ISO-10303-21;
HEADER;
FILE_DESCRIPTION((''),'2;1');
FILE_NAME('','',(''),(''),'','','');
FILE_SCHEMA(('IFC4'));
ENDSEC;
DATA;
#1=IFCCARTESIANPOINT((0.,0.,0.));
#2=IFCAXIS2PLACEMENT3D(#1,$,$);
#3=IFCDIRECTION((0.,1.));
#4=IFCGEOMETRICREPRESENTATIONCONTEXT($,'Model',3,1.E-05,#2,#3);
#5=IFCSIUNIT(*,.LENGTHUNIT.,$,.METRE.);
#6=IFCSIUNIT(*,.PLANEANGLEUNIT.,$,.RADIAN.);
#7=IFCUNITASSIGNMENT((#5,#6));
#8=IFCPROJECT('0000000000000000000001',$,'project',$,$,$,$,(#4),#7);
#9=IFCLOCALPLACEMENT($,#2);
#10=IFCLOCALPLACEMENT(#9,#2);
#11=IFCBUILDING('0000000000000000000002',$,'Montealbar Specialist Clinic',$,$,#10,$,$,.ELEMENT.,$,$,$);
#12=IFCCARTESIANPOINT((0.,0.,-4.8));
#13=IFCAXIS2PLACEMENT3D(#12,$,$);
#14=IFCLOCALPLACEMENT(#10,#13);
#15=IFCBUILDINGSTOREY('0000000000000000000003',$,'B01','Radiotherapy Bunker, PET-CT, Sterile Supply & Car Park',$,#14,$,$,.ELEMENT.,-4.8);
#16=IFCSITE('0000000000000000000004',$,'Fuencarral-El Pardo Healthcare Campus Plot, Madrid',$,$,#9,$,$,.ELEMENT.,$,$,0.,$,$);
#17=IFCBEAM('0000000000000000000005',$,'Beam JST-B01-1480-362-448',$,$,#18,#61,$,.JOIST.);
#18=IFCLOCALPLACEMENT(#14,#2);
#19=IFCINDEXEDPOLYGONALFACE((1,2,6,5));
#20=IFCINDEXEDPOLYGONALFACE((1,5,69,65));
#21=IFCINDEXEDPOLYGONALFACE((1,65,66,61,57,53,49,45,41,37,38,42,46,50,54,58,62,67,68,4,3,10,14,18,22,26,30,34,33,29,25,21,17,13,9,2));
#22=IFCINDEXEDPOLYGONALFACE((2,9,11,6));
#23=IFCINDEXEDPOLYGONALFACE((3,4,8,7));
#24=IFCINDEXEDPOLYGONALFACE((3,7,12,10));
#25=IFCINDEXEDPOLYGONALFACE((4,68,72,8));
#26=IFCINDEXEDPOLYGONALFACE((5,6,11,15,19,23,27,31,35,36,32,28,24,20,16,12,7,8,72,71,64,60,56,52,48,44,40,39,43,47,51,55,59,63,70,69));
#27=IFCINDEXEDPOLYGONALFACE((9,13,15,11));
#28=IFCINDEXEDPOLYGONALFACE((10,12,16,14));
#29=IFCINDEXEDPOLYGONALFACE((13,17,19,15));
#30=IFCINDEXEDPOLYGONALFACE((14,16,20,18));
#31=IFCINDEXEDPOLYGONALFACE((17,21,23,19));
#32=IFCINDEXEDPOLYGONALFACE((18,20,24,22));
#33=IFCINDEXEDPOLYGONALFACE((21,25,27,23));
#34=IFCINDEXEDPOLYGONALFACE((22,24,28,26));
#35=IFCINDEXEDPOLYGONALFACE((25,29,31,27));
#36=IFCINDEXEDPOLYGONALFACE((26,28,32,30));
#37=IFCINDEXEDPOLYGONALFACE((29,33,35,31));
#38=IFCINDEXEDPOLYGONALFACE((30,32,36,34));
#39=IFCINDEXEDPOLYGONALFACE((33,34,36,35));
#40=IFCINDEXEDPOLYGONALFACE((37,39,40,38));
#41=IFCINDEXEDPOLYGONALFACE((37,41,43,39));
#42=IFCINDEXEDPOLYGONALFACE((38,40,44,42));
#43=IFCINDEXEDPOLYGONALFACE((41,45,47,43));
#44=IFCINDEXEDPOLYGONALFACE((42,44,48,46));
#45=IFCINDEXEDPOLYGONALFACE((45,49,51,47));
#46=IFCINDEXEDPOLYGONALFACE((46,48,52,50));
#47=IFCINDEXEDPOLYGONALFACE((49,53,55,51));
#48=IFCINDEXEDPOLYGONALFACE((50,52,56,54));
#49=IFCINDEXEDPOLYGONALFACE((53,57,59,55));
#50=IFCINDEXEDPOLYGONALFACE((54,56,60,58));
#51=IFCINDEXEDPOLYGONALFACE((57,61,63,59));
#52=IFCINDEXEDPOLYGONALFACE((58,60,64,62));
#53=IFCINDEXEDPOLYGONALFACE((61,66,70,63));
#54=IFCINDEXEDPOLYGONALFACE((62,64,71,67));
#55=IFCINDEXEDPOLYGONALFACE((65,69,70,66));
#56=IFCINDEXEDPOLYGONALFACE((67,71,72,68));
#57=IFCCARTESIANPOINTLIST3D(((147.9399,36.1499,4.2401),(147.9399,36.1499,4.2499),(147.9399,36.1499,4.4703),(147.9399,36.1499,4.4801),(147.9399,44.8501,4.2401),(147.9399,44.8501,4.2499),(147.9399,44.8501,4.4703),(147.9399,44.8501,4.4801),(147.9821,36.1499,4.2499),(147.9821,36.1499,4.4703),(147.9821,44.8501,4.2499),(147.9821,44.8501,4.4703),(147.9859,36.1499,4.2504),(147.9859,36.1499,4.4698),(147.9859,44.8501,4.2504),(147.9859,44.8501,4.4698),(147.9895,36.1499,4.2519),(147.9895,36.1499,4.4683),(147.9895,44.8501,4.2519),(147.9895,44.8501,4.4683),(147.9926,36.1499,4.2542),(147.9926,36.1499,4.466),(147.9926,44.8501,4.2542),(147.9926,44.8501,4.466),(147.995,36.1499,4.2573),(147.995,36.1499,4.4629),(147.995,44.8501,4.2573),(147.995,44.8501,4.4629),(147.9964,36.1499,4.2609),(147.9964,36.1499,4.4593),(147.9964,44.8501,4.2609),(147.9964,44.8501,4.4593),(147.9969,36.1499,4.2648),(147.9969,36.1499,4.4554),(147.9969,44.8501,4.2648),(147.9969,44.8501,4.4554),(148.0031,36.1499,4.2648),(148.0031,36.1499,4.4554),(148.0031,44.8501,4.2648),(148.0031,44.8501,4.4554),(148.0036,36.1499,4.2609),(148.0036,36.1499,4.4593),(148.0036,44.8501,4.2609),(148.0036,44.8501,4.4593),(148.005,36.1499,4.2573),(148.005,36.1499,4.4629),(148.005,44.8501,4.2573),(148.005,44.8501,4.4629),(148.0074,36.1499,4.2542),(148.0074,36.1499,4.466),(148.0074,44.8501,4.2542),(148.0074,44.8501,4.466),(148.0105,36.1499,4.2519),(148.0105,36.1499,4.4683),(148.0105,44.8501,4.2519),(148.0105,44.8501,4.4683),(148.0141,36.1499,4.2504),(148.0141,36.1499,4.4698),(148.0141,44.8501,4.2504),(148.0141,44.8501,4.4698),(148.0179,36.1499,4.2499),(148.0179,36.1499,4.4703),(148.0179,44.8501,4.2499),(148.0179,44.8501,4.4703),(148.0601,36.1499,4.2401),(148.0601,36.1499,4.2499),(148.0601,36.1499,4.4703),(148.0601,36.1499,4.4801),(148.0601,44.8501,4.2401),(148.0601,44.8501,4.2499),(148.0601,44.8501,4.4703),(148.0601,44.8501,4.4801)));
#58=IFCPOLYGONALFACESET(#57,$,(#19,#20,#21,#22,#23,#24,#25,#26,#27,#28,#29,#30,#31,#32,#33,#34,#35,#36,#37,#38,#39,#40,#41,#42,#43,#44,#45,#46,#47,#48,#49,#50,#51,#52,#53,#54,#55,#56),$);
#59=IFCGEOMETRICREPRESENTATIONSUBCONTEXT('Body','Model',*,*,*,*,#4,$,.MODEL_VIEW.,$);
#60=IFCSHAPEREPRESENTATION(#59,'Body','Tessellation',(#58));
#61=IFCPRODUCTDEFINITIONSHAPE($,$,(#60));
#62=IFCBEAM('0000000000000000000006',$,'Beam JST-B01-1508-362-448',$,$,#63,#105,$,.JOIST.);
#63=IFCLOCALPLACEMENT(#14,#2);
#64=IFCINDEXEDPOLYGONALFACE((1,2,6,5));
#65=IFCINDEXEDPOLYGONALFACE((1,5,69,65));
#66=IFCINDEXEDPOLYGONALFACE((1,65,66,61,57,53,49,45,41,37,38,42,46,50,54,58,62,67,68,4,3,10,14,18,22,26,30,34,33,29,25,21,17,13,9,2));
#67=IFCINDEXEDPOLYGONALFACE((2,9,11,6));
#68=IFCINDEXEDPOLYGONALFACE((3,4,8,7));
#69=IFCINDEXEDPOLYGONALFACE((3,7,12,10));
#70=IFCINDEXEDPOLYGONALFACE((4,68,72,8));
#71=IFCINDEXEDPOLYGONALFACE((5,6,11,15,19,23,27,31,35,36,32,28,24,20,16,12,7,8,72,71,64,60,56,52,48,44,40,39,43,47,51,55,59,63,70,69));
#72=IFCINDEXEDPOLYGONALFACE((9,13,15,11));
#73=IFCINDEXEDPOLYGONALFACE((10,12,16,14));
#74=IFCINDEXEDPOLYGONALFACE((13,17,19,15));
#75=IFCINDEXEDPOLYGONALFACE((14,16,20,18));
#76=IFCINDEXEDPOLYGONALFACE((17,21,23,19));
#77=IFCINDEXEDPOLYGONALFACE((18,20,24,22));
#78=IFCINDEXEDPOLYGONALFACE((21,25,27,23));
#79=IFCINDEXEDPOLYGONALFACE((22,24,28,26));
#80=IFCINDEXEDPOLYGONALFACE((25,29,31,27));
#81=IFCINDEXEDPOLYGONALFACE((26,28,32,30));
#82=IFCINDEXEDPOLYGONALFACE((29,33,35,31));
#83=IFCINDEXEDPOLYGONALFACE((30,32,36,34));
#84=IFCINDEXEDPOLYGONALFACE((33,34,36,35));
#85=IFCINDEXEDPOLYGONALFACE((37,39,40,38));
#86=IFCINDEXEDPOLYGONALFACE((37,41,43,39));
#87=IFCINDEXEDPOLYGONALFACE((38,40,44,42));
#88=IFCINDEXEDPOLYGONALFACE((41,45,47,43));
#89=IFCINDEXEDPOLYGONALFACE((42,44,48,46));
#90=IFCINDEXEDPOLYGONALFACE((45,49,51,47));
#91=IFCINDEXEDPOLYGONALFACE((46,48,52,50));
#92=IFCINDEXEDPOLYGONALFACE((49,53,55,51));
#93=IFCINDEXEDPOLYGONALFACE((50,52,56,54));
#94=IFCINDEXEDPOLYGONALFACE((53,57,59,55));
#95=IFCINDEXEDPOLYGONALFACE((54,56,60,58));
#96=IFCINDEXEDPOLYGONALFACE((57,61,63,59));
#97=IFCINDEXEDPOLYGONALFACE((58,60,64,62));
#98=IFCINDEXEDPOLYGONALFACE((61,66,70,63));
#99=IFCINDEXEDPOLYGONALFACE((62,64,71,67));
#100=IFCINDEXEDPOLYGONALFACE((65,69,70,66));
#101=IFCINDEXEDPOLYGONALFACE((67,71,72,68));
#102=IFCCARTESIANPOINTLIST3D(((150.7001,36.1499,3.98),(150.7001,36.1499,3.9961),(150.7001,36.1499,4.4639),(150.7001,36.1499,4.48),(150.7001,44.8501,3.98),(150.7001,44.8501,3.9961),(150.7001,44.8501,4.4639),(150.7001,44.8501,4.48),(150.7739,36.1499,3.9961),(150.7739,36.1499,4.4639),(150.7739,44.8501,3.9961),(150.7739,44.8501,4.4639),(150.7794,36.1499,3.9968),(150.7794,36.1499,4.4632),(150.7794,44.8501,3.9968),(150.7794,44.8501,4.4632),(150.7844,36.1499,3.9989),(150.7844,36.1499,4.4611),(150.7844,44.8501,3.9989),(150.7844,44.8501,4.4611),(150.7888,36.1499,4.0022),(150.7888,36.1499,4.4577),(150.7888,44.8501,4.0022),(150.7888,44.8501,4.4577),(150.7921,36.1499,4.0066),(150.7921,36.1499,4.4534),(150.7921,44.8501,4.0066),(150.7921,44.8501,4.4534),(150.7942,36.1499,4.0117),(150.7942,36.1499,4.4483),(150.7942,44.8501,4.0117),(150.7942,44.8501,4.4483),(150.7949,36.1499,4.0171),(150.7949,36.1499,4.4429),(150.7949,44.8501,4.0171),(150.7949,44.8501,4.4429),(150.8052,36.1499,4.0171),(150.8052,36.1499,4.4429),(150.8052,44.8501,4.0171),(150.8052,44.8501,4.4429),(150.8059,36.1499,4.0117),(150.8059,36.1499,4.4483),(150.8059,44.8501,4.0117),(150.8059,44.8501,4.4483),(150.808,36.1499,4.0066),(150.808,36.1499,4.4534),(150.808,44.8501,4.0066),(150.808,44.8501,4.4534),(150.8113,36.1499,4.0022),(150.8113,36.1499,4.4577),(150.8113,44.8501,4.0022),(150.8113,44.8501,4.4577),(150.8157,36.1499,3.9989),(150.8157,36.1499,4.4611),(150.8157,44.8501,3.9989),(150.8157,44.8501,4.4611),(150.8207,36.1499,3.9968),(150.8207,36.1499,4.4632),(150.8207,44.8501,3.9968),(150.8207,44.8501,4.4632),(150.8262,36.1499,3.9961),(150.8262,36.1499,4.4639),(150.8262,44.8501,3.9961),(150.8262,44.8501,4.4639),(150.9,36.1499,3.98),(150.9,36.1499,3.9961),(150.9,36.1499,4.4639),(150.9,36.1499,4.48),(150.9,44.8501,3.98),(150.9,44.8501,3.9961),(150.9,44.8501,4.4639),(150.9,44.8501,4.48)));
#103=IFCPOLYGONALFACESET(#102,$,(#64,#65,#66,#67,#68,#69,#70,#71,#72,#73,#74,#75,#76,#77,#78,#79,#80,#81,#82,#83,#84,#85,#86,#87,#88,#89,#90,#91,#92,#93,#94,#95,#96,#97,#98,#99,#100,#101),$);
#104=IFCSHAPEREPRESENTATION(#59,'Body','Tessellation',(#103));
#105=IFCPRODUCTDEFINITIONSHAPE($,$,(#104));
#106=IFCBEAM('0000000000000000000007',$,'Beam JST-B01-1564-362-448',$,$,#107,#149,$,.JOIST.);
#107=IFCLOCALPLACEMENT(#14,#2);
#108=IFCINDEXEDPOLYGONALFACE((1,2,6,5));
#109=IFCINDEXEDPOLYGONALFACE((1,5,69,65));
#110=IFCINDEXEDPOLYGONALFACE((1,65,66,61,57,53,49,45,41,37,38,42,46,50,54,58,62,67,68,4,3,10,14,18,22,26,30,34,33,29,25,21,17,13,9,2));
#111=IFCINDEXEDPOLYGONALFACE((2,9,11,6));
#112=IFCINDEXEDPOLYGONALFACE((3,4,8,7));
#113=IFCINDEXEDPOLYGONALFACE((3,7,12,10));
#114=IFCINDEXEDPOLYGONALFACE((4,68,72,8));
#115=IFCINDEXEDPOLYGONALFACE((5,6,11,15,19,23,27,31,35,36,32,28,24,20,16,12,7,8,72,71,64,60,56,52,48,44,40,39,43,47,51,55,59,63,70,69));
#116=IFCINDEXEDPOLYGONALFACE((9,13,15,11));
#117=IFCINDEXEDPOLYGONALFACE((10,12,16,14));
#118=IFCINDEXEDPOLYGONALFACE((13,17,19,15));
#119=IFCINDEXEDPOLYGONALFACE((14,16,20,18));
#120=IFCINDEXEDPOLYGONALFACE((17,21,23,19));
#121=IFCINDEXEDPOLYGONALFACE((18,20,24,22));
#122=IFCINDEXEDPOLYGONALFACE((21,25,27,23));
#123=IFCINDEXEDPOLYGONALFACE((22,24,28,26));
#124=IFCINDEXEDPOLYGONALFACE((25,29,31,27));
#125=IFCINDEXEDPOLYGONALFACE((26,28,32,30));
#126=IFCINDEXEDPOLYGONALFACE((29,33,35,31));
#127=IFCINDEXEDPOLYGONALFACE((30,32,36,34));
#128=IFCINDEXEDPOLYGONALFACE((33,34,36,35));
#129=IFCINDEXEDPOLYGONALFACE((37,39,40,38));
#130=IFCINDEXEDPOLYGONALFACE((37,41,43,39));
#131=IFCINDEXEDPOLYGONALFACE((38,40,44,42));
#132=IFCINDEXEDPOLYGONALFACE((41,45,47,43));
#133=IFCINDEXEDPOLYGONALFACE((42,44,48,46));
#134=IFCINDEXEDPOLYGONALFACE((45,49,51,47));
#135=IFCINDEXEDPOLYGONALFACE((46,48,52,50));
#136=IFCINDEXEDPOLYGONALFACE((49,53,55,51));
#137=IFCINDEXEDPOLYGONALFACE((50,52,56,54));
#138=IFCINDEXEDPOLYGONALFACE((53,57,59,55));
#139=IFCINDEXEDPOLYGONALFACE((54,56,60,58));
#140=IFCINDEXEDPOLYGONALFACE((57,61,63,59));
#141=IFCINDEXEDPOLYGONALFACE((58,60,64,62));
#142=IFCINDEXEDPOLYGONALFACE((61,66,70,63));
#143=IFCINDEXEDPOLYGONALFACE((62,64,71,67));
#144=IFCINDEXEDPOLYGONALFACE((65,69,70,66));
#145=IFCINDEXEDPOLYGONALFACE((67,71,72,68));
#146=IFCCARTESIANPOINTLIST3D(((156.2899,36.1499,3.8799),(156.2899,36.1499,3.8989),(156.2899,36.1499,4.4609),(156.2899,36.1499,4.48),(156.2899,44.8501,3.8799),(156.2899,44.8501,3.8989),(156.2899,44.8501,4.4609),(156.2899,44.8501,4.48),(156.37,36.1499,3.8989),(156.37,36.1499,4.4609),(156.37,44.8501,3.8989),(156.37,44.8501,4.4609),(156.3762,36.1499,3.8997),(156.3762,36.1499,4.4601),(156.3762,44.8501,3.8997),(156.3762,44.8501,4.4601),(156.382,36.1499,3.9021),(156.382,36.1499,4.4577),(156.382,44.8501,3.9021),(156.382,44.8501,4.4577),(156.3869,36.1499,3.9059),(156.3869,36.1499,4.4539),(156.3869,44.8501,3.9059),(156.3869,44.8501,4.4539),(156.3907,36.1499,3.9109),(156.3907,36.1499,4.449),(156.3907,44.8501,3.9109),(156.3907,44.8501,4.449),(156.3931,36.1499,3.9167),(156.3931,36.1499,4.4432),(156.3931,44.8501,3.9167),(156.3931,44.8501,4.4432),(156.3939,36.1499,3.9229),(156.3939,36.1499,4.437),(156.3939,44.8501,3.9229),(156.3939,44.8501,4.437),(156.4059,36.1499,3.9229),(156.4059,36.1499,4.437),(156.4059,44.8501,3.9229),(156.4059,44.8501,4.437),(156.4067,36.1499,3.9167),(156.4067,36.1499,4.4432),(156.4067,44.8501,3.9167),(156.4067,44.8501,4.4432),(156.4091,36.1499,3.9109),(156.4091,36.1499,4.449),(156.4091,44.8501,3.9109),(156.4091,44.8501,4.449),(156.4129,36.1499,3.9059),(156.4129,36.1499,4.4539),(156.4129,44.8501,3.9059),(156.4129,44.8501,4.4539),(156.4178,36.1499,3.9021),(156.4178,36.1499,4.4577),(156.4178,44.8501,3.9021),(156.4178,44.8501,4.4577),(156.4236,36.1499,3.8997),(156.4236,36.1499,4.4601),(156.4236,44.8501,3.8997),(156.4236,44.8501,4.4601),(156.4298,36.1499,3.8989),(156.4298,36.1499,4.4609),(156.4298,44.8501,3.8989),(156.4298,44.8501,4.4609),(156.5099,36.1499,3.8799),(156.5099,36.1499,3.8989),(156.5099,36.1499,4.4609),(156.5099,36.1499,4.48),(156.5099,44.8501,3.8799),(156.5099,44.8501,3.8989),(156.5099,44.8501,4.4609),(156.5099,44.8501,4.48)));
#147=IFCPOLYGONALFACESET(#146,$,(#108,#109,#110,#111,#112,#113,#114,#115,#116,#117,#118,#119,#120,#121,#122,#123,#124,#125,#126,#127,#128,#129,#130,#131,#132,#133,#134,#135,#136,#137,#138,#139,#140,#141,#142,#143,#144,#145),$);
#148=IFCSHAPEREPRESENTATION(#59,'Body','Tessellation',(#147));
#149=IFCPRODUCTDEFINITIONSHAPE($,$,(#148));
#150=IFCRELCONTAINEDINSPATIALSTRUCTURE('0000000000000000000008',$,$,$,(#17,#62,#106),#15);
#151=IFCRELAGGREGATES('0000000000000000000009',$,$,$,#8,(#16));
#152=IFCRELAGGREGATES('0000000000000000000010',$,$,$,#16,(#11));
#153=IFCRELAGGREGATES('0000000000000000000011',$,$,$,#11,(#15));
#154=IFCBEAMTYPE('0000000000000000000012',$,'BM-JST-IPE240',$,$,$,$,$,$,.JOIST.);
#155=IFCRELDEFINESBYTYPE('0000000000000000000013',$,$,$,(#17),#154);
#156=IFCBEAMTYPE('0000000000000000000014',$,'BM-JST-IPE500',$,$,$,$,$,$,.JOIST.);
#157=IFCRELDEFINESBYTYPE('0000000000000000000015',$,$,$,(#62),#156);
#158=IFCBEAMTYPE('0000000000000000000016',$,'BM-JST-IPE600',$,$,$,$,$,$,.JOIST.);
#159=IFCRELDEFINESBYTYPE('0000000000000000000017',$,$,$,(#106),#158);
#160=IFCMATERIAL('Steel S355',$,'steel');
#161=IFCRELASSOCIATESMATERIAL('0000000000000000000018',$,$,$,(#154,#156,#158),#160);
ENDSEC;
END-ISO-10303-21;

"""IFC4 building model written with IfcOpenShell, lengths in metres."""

from ifc_helpers import new_model, si_unit, direction, frame, origin, origin_2d, place, context, subcontext, project, spatial, i_section, extrude, material, material_profile, profile_set, type_object, element, save


model = new_model("IFC4")

# Units and contexts
model_context = context("Model", 3, precision=1e-05, world=origin(), true_north=direction((0.0, 1.0)))
body_context = subcontext(model_context, "Body", "Model", "MODEL_VIEW")
ifc_project = project(units=[si_unit("LENGTHUNIT", "METRE"), si_unit("PLANEANGLEUNIT", "RADIAN")], contexts=[model_context])

# Site, building, storey
site_placement = place(None, origin())
site = spatial("IfcSite", under=ifc_project, at=site_placement, Name="Fuencarral-El Pardo Healthcare Campus Plot, Madrid", CompositionType="ELEMENT", RefElevation=0.0)
building_placement = place(site_placement, origin())
building = spatial("IfcBuilding", under=site, at=building_placement, Name="Montealbar Specialist Clinic", CompositionType="ELEMENT")
storey_placement = place(building_placement, frame((0.0, 0.0, -4.8)))
storey = spatial("IfcBuildingStorey", under=building, at=storey_placement, Name="B01", Description="Radiotherapy Bunker, PET-CT, Sterile Supply & Car Park", CompositionType="ELEMENT", Elevation=-4.8)

# Shared definitions
ifc_material_1 = material(Name="Steel S355", Category="steel")

# Beams
ifc_material_profile_1 = material_profile(ifc_material_1, i_section(OverallWidth=0.1201, OverallDepth=0.24, WebThickness=0.0061, FlangeThickness=0.0098, FilletRadius=0.0149, at=origin_2d()), Name="IPE 240", Category="steel")
ifc_profile_set_1 = profile_set([ifc_material_profile_1], Name="Steel S355")
beam_type_1 = type_object("IfcBeamType", Name="BM-JST-IPE240", PredefinedType="JOIST", material=ifc_profile_set_1)
beam_1_placement = place(storey_placement, frame((148.0, 36.1499, 4.3601), z_axis=(0.0, 1.0, 0.0), x_axis=(-1.0, 0.0, 0.0)))
element("IfcBeam", 1, at=beam_1_placement, inside=storey, type_object=beam_type_1, Name="Beam JST-B01-1480-362-448", PredefinedType="JOIST", context=body_context, shape_type="SweptSolid", body=[
    extrude(i_section(OverallWidth=0.1201, OverallDepth=0.24, WebThickness=0.0061, FlangeThickness=0.0098, FilletRadius=0.0149, at=origin_2d()), origin(), (0.0, 0.0, 1.0), 8.7002),
])
ifc_material_profile_2 = material_profile(ifc_material_1, i_section(OverallWidth=0.2, OverallDepth=0.5, WebThickness=0.0103, FlangeThickness=0.0161, FilletRadius=0.021, at=origin_2d()), Name="IPE 500", Category="steel")
ifc_profile_set_2 = profile_set([ifc_material_profile_2], Name="Steel S355")
beam_type_2 = type_object("IfcBeamType", Name="BM-JST-IPE500", PredefinedType="JOIST", material=ifc_profile_set_2)
beam_2_placement = place(storey_placement, frame((150.8, 36.1499, 4.23), z_axis=(0.0, 1.0, 0.0), x_axis=(-1.0, 0.0, 0.0)))
element("IfcBeam", 2, at=beam_2_placement, inside=storey, type_object=beam_type_2, Name="Beam JST-B01-1508-362-448", PredefinedType="JOIST", context=body_context, shape_type="SweptSolid", body=[
    extrude(i_section(OverallWidth=0.2, OverallDepth=0.5, WebThickness=0.0103, FlangeThickness=0.0161, FilletRadius=0.021, at=origin_2d()), origin(), (0.0, 0.0, 1.0), 8.7002),
])
ifc_material_profile_3 = material_profile(ifc_material_1, i_section(OverallWidth=0.22, OverallDepth=0.6001, WebThickness=0.012, FlangeThickness=0.019, FilletRadius=0.0239, at=origin_2d()), Name="IPE 600", Category="steel")
ifc_profile_set_3 = profile_set([ifc_material_profile_3], Name="Steel S355")
beam_type_3 = type_object("IfcBeamType", Name="BM-JST-IPE600", PredefinedType="JOIST", material=ifc_profile_set_3)
beam_3_placement = place(storey_placement, frame((156.3999, 36.1499, 4.1799), z_axis=(0.0, 1.0, 0.0), x_axis=(-1.0, 0.0, 0.0)))
element("IfcBeam", 3, at=beam_3_placement, inside=storey, type_object=beam_type_3, Name="Beam JST-B01-1564-362-448", PredefinedType="JOIST", context=body_context, shape_type="SweptSolid", body=[
    extrude(i_section(OverallWidth=0.22, OverallDepth=0.6001, WebThickness=0.012, FlangeThickness=0.019, FilletRadius=0.0239, at=origin_2d()), origin(), (0.0, 0.0, 1.0), 8.7002),
])

save(model, "model.ifc")
